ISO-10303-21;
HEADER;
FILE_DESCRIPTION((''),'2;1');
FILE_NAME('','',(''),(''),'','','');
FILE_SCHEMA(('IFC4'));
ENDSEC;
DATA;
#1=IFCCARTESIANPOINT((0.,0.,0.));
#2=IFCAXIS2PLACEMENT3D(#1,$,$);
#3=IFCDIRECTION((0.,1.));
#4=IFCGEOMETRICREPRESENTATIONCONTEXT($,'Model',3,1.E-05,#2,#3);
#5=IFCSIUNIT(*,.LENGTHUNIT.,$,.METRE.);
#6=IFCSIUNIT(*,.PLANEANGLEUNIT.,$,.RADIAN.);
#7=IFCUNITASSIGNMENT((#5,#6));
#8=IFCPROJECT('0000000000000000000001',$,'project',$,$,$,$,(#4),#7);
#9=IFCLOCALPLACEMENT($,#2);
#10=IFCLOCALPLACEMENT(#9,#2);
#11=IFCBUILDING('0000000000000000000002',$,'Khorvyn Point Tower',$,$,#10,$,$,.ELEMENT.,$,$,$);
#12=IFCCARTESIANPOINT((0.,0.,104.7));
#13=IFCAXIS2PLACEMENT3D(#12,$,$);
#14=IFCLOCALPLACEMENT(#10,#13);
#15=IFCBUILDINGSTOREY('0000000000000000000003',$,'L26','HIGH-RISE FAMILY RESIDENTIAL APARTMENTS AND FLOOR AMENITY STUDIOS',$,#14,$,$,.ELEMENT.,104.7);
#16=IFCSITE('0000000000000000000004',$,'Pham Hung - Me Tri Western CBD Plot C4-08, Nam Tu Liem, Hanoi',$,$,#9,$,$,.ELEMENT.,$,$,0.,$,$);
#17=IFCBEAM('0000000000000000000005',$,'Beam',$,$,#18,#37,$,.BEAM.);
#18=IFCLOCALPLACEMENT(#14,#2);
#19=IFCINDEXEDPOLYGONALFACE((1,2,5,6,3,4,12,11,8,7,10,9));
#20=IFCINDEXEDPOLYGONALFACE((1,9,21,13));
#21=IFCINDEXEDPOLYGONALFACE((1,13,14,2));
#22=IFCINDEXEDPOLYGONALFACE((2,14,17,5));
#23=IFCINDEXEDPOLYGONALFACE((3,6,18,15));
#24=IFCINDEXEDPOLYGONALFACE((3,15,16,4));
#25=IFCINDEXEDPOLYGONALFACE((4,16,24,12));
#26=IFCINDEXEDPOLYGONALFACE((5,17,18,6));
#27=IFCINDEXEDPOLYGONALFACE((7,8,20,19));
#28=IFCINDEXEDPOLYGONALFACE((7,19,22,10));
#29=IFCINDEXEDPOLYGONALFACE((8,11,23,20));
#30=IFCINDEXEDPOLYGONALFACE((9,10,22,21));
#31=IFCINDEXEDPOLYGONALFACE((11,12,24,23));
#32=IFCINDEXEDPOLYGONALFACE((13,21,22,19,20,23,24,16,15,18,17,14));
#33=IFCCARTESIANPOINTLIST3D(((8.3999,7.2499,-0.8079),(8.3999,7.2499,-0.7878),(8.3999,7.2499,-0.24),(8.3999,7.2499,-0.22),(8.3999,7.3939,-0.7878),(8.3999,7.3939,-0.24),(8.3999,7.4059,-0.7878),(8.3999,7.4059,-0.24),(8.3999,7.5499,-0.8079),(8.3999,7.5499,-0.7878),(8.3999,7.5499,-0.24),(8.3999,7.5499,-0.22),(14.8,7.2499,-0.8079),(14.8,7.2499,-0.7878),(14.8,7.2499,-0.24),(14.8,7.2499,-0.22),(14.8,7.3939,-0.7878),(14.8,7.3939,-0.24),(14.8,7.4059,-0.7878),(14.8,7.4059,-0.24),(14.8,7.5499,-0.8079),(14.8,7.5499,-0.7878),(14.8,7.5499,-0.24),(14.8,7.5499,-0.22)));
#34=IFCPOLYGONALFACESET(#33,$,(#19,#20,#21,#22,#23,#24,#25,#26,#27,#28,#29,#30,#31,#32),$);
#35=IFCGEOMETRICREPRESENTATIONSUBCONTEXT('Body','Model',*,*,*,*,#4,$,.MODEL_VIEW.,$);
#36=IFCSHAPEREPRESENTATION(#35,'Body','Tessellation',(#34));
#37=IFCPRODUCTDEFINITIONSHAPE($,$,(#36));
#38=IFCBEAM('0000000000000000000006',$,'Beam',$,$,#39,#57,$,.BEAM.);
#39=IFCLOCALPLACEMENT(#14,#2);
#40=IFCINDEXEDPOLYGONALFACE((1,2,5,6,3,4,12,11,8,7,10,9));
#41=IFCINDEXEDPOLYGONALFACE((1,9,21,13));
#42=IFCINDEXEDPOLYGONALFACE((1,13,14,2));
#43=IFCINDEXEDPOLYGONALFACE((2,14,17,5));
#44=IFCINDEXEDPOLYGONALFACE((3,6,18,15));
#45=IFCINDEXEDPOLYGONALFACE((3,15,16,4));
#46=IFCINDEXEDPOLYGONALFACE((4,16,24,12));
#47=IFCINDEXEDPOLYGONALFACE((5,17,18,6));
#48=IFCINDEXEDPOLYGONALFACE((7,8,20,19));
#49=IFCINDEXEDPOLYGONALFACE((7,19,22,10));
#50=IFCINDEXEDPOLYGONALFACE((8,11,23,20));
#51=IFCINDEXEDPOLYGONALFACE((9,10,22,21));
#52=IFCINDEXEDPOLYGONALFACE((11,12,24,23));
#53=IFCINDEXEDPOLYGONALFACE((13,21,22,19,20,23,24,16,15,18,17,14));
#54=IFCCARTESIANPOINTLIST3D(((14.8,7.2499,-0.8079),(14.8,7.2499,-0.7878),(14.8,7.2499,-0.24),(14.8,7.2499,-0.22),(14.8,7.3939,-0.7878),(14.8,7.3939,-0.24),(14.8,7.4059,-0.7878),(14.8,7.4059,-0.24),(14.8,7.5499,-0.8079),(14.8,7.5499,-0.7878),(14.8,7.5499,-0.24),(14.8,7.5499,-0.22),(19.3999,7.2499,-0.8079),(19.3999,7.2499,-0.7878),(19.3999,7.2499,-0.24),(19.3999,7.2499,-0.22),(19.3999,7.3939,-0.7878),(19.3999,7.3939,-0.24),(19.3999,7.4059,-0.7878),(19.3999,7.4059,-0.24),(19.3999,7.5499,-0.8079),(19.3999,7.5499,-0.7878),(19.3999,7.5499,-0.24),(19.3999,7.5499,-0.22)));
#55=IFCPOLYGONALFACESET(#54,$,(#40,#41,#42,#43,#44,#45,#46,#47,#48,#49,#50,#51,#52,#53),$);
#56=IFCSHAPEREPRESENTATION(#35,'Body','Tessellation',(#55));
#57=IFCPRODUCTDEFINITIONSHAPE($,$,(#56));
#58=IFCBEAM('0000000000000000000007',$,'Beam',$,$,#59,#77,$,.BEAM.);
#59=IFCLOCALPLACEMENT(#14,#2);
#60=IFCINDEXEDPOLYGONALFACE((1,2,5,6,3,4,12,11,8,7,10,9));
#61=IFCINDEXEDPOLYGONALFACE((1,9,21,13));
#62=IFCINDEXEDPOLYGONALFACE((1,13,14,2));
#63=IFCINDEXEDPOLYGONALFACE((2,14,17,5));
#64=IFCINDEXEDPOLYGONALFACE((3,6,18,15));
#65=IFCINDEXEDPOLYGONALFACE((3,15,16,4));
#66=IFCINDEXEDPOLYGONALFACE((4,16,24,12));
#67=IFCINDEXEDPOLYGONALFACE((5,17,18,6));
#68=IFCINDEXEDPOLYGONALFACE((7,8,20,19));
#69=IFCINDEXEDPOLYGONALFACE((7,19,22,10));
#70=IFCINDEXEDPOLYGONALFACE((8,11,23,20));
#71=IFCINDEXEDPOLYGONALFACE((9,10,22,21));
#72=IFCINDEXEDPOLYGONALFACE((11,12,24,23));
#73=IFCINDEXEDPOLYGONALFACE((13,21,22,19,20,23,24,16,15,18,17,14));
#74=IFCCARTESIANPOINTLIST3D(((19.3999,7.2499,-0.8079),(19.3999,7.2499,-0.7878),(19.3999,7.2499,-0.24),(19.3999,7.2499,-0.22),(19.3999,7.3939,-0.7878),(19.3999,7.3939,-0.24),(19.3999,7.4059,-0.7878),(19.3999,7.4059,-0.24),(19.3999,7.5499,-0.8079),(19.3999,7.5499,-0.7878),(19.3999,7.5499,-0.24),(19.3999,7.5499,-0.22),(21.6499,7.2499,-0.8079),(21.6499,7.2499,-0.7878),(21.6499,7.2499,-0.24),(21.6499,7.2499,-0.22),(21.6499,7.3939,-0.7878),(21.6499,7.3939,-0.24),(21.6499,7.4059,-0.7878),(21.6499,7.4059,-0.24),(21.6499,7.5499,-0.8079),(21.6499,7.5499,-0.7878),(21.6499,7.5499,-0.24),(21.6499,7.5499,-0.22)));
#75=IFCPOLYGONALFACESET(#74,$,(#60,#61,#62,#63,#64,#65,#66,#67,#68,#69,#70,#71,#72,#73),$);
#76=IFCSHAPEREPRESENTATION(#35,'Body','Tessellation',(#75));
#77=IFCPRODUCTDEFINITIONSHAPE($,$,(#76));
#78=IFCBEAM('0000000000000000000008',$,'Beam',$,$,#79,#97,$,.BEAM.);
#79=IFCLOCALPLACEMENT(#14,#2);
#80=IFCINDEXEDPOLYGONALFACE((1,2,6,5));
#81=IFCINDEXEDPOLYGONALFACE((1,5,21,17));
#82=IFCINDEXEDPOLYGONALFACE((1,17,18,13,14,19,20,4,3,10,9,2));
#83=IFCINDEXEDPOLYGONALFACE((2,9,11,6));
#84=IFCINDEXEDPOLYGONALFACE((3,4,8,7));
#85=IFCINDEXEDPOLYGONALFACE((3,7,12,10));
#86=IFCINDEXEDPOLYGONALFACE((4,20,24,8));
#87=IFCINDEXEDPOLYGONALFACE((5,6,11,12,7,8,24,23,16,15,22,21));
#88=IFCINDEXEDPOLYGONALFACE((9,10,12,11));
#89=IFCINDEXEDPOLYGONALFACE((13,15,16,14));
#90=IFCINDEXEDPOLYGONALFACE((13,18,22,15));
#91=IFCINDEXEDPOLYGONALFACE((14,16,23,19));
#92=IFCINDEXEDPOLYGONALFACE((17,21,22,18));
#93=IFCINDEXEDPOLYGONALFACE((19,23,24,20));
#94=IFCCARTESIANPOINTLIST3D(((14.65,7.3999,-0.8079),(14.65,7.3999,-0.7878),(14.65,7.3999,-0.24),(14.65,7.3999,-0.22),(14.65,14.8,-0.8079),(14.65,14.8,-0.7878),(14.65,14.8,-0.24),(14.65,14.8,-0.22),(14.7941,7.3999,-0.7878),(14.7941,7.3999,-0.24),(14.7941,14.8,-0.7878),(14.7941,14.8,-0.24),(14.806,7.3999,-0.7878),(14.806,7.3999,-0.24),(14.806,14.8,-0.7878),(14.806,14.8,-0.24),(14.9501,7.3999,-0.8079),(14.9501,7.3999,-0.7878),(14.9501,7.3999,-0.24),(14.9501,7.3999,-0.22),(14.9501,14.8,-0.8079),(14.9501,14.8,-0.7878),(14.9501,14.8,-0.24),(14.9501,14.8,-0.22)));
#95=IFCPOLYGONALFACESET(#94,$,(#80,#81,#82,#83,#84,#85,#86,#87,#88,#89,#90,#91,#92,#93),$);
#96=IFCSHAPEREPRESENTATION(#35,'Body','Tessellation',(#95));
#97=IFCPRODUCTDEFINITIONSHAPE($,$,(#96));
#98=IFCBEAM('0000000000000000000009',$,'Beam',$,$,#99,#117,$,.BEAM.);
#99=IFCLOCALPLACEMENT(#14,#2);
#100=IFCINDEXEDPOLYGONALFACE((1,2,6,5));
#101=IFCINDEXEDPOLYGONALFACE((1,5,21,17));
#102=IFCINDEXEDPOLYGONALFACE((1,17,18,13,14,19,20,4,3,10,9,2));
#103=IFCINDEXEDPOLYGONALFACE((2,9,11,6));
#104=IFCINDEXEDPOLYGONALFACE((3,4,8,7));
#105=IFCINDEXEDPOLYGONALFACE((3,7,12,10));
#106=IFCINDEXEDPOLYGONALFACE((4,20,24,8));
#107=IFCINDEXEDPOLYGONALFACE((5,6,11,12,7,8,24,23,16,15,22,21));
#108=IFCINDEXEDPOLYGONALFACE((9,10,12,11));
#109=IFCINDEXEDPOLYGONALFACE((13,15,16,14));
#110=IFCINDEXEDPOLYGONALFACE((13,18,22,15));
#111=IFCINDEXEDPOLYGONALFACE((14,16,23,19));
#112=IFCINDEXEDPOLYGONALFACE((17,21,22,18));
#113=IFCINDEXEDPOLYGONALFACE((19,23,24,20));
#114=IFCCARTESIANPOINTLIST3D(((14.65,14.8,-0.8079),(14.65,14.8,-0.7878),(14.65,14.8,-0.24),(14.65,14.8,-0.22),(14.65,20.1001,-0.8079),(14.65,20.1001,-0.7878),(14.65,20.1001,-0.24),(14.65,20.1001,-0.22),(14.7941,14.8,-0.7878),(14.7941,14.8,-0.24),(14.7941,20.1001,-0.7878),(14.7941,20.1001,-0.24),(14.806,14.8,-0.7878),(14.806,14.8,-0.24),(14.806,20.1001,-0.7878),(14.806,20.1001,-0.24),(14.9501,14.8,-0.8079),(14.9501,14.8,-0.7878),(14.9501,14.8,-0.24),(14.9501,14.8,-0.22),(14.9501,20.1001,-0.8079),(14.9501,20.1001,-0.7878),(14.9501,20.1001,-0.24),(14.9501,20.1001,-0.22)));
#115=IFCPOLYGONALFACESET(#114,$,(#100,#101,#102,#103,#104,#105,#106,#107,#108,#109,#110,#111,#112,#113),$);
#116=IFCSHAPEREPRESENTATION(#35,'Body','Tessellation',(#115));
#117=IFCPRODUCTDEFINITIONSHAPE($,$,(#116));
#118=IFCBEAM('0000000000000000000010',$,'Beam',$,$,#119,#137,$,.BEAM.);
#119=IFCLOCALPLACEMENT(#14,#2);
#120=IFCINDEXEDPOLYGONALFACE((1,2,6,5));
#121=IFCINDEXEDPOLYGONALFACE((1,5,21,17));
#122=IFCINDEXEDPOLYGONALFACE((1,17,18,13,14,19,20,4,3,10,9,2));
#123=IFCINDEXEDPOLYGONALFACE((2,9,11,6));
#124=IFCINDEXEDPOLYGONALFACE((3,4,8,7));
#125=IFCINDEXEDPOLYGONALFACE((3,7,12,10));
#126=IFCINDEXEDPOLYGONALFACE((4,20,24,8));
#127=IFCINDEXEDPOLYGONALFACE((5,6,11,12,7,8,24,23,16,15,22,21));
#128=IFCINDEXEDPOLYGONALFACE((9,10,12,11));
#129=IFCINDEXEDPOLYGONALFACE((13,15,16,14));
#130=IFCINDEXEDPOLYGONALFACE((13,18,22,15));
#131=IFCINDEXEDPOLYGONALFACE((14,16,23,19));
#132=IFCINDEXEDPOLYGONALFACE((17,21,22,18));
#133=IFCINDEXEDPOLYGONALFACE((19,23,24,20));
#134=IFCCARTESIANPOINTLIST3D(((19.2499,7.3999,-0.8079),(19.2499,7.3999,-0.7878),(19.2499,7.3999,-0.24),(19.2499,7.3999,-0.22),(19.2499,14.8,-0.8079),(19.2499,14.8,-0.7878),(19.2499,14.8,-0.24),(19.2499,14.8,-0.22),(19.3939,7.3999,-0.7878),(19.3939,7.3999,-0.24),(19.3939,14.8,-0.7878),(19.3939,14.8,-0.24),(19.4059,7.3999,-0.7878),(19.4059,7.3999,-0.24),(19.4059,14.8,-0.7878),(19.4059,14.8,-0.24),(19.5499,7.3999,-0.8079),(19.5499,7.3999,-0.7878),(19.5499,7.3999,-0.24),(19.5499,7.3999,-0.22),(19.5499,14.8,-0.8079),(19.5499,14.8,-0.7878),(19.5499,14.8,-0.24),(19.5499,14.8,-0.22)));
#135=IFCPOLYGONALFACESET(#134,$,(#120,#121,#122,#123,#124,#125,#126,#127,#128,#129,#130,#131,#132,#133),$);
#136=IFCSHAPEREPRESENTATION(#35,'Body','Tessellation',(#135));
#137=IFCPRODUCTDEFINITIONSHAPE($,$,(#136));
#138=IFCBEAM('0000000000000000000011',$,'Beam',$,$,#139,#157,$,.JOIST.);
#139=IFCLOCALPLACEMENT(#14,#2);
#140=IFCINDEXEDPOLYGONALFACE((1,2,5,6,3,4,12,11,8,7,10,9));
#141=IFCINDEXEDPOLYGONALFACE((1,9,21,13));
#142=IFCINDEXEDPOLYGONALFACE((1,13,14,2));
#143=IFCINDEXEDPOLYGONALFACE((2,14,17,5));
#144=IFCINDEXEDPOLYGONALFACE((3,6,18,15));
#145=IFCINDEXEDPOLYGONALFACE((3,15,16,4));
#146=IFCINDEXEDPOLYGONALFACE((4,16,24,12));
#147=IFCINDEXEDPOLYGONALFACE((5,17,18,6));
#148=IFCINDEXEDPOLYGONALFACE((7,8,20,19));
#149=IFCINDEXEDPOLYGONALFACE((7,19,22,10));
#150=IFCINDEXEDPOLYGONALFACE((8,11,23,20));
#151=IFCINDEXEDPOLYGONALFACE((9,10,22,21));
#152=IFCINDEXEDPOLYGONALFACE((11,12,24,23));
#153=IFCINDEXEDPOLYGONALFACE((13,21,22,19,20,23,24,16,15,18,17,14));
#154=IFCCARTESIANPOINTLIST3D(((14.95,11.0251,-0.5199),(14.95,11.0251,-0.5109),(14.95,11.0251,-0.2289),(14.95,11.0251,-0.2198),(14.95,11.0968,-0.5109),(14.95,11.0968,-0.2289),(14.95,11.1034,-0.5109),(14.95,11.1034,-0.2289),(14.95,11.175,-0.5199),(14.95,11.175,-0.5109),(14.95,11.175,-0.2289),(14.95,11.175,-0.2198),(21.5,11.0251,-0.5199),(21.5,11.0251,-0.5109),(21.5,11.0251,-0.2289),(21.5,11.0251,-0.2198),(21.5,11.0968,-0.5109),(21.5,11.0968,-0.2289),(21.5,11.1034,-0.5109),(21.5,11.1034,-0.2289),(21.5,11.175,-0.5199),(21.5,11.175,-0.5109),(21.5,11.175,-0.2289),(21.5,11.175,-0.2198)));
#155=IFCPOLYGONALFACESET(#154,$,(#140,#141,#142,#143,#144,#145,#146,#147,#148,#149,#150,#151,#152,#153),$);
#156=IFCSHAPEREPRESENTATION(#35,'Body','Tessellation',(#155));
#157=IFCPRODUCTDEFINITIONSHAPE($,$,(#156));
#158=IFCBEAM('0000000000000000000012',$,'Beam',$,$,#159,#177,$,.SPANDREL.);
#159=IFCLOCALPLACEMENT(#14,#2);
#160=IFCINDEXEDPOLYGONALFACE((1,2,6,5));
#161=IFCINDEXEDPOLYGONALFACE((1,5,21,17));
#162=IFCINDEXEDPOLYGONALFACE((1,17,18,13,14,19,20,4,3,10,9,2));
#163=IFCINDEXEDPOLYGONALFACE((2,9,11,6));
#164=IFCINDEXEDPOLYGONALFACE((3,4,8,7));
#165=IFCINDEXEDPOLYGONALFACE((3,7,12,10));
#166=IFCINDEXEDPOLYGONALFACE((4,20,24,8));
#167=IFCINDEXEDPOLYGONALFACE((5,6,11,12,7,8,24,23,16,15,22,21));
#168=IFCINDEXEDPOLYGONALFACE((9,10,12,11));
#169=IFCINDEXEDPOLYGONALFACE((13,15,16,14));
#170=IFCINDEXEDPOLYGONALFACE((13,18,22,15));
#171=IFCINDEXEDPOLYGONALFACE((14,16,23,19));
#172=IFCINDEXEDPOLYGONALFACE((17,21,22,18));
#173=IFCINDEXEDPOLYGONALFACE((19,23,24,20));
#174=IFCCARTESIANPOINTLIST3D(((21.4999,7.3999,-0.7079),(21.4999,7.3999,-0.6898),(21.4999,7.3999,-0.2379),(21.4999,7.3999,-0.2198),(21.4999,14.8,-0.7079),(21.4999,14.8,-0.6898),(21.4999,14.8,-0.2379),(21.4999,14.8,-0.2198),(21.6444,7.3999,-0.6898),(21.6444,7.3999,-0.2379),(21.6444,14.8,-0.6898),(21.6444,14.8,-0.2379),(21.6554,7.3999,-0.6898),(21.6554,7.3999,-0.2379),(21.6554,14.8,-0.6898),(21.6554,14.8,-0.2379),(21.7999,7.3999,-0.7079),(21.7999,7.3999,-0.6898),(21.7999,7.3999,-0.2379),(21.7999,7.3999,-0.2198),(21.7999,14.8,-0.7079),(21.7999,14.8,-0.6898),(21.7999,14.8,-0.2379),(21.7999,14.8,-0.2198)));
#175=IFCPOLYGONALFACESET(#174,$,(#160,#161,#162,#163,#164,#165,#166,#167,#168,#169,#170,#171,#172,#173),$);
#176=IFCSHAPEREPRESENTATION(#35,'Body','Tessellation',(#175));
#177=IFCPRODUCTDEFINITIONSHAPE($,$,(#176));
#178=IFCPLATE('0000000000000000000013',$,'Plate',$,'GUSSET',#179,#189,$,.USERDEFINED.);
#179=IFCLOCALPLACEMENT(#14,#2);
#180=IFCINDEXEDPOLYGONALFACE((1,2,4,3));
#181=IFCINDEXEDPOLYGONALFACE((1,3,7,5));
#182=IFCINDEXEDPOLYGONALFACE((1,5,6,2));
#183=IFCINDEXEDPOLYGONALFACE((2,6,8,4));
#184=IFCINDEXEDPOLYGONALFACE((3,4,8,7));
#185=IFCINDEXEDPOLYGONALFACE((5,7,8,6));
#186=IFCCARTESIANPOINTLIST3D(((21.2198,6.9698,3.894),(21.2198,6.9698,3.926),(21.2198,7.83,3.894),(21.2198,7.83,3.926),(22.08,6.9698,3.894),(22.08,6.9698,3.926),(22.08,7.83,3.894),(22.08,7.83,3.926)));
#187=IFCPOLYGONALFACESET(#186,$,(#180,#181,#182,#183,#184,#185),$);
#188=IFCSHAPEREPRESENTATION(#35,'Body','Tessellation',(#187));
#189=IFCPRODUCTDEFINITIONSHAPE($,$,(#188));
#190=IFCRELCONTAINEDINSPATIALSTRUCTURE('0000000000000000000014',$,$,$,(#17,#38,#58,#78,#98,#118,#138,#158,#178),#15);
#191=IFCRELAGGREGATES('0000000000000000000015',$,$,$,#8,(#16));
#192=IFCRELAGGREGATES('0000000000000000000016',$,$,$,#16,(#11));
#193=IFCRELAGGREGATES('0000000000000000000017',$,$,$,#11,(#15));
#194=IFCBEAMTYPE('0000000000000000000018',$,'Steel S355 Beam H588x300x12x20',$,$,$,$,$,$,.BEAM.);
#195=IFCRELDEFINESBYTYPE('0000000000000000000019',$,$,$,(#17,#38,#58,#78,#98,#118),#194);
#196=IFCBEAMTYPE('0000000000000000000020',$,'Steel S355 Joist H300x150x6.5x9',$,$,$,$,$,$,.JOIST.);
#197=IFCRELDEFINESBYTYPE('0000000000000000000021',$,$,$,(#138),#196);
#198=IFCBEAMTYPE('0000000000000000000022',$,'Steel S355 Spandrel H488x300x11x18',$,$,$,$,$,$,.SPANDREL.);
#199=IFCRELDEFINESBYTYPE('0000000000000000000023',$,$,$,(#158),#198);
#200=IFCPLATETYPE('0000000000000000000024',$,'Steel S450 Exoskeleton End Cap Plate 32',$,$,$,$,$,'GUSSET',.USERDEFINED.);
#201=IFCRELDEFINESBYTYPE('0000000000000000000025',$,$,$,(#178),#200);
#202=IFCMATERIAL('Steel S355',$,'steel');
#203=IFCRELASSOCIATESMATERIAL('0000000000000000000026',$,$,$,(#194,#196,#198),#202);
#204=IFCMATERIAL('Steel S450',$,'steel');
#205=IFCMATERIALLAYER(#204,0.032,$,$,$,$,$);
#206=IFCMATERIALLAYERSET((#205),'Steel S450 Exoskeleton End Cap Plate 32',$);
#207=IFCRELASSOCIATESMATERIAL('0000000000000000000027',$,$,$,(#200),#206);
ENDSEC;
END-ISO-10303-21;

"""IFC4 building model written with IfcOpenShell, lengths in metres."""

from ifc_helpers import new_model, si_unit, direction, frame, origin, origin_2d, place, context, subcontext, project, spatial, rectangle, i_section, extrude, material, layer, layer_set, material_profile, profile_set, type_object, element, save


model = new_model("IFC4")

# Units and contexts
model_context = context("Model", 3, precision=1e-05, world=origin(), true_north=direction((0.0, 1.0)))
body_context = subcontext(model_context, "Body", "Model", "MODEL_VIEW")
ifc_project = project(units=[si_unit("LENGTHUNIT", "METRE"), si_unit("PLANEANGLEUNIT", "RADIAN")], contexts=[model_context])

# Site, building, storey
site_placement = place(None, origin())
site = spatial("IfcSite", under=ifc_project, at=site_placement, Name="Pham Hung - Me Tri Western CBD Plot C4-08, Nam Tu Liem, Hanoi", CompositionType="ELEMENT", RefElevation=0.0)
building_placement = place(site_placement, origin())
building = spatial("IfcBuilding", under=site, at=building_placement, Name="Khorvyn Point Tower", CompositionType="ELEMENT")
storey_placement = place(building_placement, frame((0.0, 0.0, 104.7)))
storey = spatial("IfcBuildingStorey", under=building, at=storey_placement, Name="L26", Description="HIGH-RISE FAMILY RESIDENTIAL APARTMENTS AND FLOOR AMENITY STUDIOS", CompositionType="ELEMENT", Elevation=104.7)

# Shared definitions
ifc_material_1 = material(Name="Steel S450", Category="steel")

# Beams
ifc_material_2 = material(Name="Steel S355", Category="steel")
ifc_material_profile_1 = material_profile(ifc_material_2, i_section(OverallWidth=0.3, OverallDepth=0.5879, WebThickness=0.012, FlangeThickness=0.02, at=origin_2d()))
ifc_profile_set_1 = profile_set([ifc_material_profile_1], Name="Steel S355 H588x300x12x20")
beam_type_1 = type_object("IfcBeamType", Name="Steel S355 Beam H588x300x12x20", PredefinedType="BEAM", material=ifc_profile_set_1)
beam_1_placement = place(storey_placement, frame((8.3999, 7.3999, -0.5139), z_axis=(1.0, 0.0, 0.0), x_axis=(0.0, 1.0, 0.0)))
element("IfcBeam", 1, at=beam_1_placement, inside=storey, type_object=beam_type_1, Name="Beam", PredefinedType="BEAM", context=body_context, shape_type="SweptSolid", body=[
    extrude(i_section(OverallWidth=0.3, OverallDepth=0.5879, WebThickness=0.012, FlangeThickness=0.02, at=origin_2d()), origin(), (0.0, 0.0, 1.0), 6.4001),
])
beam_2_placement = place(storey_placement, frame((14.8, 7.3999, -0.5139), z_axis=(1.0, 0.0, 0.0), x_axis=(0.0, 1.0, 0.0)))
element("IfcBeam", 2, at=beam_2_placement, inside=storey, type_object=beam_type_1, Name="Beam", PredefinedType="BEAM", context=body_context, shape_type="SweptSolid", body=[
    extrude(i_section(OverallWidth=0.3, OverallDepth=0.5879, WebThickness=0.012, FlangeThickness=0.02, at=origin_2d()), origin(), (0.0, 0.0, 1.0), 4.5999),
])
beam_3_placement = place(storey_placement, frame((19.3999, 7.3999, -0.5139), z_axis=(1.0, 0.0, 0.0), x_axis=(0.0, 1.0, 0.0)))
element("IfcBeam", 3, at=beam_3_placement, inside=storey, type_object=beam_type_1, Name="Beam", PredefinedType="BEAM", context=body_context, shape_type="SweptSolid", body=[
    extrude(i_section(OverallWidth=0.3, OverallDepth=0.5879, WebThickness=0.012, FlangeThickness=0.02, at=origin_2d()), origin(), (0.0, 0.0, 1.0), 2.25),
])
beam_4_placement = place(storey_placement, frame((14.8, 7.3999, -0.5139), z_axis=(0.0, 1.0, 0.0), x_axis=(-1.0, 0.0, 0.0)))
element("IfcBeam", 4, at=beam_4_placement, inside=storey, type_object=beam_type_1, Name="Beam", PredefinedType="BEAM", context=body_context, shape_type="SweptSolid", body=[
    extrude(i_section(OverallWidth=0.3, OverallDepth=0.5879, WebThickness=0.012, FlangeThickness=0.02, at=origin_2d()), origin(), (0.0, 0.0, 1.0), 7.4001),
])
beam_5_placement = place(storey_placement, frame((14.8, 14.8, -0.5139), z_axis=(0.0, 1.0, 0.0), x_axis=(-1.0, 0.0, 0.0)))
element("IfcBeam", 5, at=beam_5_placement, inside=storey, type_object=beam_type_1, Name="Beam", PredefinedType="BEAM", context=body_context, shape_type="SweptSolid", body=[
    extrude(i_section(OverallWidth=0.3, OverallDepth=0.5879, WebThickness=0.012, FlangeThickness=0.02, at=origin_2d()), origin(), (0.0, 0.0, 1.0), 5.3),
])
beam_6_placement = place(storey_placement, frame((19.3999, 7.3999, -0.5139), z_axis=(0.0, 1.0, 0.0), x_axis=(-1.0, 0.0, 0.0)))
element("IfcBeam", 6, at=beam_6_placement, inside=storey, type_object=beam_type_1, Name="Beam", PredefinedType="BEAM", context=body_context, shape_type="SweptSolid", body=[
    extrude(i_section(OverallWidth=0.3, OverallDepth=0.5879, WebThickness=0.012, FlangeThickness=0.02, at=origin_2d()), origin(), (0.0, 0.0, 1.0), 7.4001),
])
ifc_material_profile_2 = material_profile(ifc_material_2, i_section(OverallWidth=0.1499, OverallDepth=0.3, WebThickness=0.0066, FlangeThickness=0.009, at=origin_2d()))
ifc_profile_set_2 = profile_set([ifc_material_profile_2], Name="Steel S355 H300x150x6.5x9")
beam_type_2 = type_object("IfcBeamType", Name="Steel S355 Joist H300x150x6.5x9", PredefinedType="JOIST", material=ifc_profile_set_2)
beam_7_placement = place(storey_placement, frame((14.95, 11.1001, -0.3699), z_axis=(1.0, 0.0, 0.0), x_axis=(0.0, 1.0, 0.0)))
element("IfcBeam", 7, at=beam_7_placement, inside=storey, type_object=beam_type_2, Name="Beam", PredefinedType="JOIST", context=body_context, shape_type="SweptSolid", body=[
    extrude(i_section(OverallWidth=0.1499, OverallDepth=0.3, WebThickness=0.0066, FlangeThickness=0.009, at=origin_2d()), origin(), (0.0, 0.0, 1.0), 6.55),
])
ifc_material_profile_3 = material_profile(ifc_material_2, i_section(OverallWidth=0.3, OverallDepth=0.488, WebThickness=0.011, FlangeThickness=0.0181, at=origin_2d()))
ifc_profile_set_3 = profile_set([ifc_material_profile_3], Name="Steel S355 H488x300x11x18")
beam_type_3 = type_object("IfcBeamType", Name="Steel S355 Spandrel H488x300x11x18", PredefinedType="SPANDREL", material=ifc_profile_set_3)
beam_8_placement = place(storey_placement, frame((21.6499, 7.3999, -0.4639), z_axis=(0.0, 1.0, 0.0), x_axis=(-1.0, 0.0, 0.0)))
element("IfcBeam", 8, at=beam_8_placement, inside=storey, type_object=beam_type_3, Name="Beam", PredefinedType="SPANDREL", context=body_context, shape_type="SweptSolid", body=[
    extrude(i_section(OverallWidth=0.3, OverallDepth=0.488, WebThickness=0.011, FlangeThickness=0.0181, at=origin_2d()), origin(), (0.0, 0.0, 1.0), 7.4001),
])

# Plate
ifc_layer_1 = layer(ifc_material_1, 0.032)
ifc_layer_set_1 = layer_set([ifc_layer_1], Name="Steel S450 Exoskeleton End Cap Plate 32")
plate_type = type_object("IfcPlateType", Name="Steel S450 Exoskeleton End Cap Plate 32", ElementType="GUSSET", PredefinedType="USERDEFINED", material=ifc_layer_set_1)
plate_placement = place(storey_placement, frame((21.6499, 7.3999, 3.894), z_axis=(0.0, 0.0, 1.0), x_axis=(1.0, 0.0, 0.0)))
element("IfcPlate", 9, at=plate_placement, inside=storey, type_object=plate_type, Name="Plate", ObjectType="GUSSET", PredefinedType="USERDEFINED", context=body_context, shape_type="SweptSolid", body=[
    extrude(rectangle(XDim=0.8601, YDim=0.8601, at=origin_2d()), origin(), (0.0, 0.0, 1.0), 0.032),
])

save(model, "model.ifc")
